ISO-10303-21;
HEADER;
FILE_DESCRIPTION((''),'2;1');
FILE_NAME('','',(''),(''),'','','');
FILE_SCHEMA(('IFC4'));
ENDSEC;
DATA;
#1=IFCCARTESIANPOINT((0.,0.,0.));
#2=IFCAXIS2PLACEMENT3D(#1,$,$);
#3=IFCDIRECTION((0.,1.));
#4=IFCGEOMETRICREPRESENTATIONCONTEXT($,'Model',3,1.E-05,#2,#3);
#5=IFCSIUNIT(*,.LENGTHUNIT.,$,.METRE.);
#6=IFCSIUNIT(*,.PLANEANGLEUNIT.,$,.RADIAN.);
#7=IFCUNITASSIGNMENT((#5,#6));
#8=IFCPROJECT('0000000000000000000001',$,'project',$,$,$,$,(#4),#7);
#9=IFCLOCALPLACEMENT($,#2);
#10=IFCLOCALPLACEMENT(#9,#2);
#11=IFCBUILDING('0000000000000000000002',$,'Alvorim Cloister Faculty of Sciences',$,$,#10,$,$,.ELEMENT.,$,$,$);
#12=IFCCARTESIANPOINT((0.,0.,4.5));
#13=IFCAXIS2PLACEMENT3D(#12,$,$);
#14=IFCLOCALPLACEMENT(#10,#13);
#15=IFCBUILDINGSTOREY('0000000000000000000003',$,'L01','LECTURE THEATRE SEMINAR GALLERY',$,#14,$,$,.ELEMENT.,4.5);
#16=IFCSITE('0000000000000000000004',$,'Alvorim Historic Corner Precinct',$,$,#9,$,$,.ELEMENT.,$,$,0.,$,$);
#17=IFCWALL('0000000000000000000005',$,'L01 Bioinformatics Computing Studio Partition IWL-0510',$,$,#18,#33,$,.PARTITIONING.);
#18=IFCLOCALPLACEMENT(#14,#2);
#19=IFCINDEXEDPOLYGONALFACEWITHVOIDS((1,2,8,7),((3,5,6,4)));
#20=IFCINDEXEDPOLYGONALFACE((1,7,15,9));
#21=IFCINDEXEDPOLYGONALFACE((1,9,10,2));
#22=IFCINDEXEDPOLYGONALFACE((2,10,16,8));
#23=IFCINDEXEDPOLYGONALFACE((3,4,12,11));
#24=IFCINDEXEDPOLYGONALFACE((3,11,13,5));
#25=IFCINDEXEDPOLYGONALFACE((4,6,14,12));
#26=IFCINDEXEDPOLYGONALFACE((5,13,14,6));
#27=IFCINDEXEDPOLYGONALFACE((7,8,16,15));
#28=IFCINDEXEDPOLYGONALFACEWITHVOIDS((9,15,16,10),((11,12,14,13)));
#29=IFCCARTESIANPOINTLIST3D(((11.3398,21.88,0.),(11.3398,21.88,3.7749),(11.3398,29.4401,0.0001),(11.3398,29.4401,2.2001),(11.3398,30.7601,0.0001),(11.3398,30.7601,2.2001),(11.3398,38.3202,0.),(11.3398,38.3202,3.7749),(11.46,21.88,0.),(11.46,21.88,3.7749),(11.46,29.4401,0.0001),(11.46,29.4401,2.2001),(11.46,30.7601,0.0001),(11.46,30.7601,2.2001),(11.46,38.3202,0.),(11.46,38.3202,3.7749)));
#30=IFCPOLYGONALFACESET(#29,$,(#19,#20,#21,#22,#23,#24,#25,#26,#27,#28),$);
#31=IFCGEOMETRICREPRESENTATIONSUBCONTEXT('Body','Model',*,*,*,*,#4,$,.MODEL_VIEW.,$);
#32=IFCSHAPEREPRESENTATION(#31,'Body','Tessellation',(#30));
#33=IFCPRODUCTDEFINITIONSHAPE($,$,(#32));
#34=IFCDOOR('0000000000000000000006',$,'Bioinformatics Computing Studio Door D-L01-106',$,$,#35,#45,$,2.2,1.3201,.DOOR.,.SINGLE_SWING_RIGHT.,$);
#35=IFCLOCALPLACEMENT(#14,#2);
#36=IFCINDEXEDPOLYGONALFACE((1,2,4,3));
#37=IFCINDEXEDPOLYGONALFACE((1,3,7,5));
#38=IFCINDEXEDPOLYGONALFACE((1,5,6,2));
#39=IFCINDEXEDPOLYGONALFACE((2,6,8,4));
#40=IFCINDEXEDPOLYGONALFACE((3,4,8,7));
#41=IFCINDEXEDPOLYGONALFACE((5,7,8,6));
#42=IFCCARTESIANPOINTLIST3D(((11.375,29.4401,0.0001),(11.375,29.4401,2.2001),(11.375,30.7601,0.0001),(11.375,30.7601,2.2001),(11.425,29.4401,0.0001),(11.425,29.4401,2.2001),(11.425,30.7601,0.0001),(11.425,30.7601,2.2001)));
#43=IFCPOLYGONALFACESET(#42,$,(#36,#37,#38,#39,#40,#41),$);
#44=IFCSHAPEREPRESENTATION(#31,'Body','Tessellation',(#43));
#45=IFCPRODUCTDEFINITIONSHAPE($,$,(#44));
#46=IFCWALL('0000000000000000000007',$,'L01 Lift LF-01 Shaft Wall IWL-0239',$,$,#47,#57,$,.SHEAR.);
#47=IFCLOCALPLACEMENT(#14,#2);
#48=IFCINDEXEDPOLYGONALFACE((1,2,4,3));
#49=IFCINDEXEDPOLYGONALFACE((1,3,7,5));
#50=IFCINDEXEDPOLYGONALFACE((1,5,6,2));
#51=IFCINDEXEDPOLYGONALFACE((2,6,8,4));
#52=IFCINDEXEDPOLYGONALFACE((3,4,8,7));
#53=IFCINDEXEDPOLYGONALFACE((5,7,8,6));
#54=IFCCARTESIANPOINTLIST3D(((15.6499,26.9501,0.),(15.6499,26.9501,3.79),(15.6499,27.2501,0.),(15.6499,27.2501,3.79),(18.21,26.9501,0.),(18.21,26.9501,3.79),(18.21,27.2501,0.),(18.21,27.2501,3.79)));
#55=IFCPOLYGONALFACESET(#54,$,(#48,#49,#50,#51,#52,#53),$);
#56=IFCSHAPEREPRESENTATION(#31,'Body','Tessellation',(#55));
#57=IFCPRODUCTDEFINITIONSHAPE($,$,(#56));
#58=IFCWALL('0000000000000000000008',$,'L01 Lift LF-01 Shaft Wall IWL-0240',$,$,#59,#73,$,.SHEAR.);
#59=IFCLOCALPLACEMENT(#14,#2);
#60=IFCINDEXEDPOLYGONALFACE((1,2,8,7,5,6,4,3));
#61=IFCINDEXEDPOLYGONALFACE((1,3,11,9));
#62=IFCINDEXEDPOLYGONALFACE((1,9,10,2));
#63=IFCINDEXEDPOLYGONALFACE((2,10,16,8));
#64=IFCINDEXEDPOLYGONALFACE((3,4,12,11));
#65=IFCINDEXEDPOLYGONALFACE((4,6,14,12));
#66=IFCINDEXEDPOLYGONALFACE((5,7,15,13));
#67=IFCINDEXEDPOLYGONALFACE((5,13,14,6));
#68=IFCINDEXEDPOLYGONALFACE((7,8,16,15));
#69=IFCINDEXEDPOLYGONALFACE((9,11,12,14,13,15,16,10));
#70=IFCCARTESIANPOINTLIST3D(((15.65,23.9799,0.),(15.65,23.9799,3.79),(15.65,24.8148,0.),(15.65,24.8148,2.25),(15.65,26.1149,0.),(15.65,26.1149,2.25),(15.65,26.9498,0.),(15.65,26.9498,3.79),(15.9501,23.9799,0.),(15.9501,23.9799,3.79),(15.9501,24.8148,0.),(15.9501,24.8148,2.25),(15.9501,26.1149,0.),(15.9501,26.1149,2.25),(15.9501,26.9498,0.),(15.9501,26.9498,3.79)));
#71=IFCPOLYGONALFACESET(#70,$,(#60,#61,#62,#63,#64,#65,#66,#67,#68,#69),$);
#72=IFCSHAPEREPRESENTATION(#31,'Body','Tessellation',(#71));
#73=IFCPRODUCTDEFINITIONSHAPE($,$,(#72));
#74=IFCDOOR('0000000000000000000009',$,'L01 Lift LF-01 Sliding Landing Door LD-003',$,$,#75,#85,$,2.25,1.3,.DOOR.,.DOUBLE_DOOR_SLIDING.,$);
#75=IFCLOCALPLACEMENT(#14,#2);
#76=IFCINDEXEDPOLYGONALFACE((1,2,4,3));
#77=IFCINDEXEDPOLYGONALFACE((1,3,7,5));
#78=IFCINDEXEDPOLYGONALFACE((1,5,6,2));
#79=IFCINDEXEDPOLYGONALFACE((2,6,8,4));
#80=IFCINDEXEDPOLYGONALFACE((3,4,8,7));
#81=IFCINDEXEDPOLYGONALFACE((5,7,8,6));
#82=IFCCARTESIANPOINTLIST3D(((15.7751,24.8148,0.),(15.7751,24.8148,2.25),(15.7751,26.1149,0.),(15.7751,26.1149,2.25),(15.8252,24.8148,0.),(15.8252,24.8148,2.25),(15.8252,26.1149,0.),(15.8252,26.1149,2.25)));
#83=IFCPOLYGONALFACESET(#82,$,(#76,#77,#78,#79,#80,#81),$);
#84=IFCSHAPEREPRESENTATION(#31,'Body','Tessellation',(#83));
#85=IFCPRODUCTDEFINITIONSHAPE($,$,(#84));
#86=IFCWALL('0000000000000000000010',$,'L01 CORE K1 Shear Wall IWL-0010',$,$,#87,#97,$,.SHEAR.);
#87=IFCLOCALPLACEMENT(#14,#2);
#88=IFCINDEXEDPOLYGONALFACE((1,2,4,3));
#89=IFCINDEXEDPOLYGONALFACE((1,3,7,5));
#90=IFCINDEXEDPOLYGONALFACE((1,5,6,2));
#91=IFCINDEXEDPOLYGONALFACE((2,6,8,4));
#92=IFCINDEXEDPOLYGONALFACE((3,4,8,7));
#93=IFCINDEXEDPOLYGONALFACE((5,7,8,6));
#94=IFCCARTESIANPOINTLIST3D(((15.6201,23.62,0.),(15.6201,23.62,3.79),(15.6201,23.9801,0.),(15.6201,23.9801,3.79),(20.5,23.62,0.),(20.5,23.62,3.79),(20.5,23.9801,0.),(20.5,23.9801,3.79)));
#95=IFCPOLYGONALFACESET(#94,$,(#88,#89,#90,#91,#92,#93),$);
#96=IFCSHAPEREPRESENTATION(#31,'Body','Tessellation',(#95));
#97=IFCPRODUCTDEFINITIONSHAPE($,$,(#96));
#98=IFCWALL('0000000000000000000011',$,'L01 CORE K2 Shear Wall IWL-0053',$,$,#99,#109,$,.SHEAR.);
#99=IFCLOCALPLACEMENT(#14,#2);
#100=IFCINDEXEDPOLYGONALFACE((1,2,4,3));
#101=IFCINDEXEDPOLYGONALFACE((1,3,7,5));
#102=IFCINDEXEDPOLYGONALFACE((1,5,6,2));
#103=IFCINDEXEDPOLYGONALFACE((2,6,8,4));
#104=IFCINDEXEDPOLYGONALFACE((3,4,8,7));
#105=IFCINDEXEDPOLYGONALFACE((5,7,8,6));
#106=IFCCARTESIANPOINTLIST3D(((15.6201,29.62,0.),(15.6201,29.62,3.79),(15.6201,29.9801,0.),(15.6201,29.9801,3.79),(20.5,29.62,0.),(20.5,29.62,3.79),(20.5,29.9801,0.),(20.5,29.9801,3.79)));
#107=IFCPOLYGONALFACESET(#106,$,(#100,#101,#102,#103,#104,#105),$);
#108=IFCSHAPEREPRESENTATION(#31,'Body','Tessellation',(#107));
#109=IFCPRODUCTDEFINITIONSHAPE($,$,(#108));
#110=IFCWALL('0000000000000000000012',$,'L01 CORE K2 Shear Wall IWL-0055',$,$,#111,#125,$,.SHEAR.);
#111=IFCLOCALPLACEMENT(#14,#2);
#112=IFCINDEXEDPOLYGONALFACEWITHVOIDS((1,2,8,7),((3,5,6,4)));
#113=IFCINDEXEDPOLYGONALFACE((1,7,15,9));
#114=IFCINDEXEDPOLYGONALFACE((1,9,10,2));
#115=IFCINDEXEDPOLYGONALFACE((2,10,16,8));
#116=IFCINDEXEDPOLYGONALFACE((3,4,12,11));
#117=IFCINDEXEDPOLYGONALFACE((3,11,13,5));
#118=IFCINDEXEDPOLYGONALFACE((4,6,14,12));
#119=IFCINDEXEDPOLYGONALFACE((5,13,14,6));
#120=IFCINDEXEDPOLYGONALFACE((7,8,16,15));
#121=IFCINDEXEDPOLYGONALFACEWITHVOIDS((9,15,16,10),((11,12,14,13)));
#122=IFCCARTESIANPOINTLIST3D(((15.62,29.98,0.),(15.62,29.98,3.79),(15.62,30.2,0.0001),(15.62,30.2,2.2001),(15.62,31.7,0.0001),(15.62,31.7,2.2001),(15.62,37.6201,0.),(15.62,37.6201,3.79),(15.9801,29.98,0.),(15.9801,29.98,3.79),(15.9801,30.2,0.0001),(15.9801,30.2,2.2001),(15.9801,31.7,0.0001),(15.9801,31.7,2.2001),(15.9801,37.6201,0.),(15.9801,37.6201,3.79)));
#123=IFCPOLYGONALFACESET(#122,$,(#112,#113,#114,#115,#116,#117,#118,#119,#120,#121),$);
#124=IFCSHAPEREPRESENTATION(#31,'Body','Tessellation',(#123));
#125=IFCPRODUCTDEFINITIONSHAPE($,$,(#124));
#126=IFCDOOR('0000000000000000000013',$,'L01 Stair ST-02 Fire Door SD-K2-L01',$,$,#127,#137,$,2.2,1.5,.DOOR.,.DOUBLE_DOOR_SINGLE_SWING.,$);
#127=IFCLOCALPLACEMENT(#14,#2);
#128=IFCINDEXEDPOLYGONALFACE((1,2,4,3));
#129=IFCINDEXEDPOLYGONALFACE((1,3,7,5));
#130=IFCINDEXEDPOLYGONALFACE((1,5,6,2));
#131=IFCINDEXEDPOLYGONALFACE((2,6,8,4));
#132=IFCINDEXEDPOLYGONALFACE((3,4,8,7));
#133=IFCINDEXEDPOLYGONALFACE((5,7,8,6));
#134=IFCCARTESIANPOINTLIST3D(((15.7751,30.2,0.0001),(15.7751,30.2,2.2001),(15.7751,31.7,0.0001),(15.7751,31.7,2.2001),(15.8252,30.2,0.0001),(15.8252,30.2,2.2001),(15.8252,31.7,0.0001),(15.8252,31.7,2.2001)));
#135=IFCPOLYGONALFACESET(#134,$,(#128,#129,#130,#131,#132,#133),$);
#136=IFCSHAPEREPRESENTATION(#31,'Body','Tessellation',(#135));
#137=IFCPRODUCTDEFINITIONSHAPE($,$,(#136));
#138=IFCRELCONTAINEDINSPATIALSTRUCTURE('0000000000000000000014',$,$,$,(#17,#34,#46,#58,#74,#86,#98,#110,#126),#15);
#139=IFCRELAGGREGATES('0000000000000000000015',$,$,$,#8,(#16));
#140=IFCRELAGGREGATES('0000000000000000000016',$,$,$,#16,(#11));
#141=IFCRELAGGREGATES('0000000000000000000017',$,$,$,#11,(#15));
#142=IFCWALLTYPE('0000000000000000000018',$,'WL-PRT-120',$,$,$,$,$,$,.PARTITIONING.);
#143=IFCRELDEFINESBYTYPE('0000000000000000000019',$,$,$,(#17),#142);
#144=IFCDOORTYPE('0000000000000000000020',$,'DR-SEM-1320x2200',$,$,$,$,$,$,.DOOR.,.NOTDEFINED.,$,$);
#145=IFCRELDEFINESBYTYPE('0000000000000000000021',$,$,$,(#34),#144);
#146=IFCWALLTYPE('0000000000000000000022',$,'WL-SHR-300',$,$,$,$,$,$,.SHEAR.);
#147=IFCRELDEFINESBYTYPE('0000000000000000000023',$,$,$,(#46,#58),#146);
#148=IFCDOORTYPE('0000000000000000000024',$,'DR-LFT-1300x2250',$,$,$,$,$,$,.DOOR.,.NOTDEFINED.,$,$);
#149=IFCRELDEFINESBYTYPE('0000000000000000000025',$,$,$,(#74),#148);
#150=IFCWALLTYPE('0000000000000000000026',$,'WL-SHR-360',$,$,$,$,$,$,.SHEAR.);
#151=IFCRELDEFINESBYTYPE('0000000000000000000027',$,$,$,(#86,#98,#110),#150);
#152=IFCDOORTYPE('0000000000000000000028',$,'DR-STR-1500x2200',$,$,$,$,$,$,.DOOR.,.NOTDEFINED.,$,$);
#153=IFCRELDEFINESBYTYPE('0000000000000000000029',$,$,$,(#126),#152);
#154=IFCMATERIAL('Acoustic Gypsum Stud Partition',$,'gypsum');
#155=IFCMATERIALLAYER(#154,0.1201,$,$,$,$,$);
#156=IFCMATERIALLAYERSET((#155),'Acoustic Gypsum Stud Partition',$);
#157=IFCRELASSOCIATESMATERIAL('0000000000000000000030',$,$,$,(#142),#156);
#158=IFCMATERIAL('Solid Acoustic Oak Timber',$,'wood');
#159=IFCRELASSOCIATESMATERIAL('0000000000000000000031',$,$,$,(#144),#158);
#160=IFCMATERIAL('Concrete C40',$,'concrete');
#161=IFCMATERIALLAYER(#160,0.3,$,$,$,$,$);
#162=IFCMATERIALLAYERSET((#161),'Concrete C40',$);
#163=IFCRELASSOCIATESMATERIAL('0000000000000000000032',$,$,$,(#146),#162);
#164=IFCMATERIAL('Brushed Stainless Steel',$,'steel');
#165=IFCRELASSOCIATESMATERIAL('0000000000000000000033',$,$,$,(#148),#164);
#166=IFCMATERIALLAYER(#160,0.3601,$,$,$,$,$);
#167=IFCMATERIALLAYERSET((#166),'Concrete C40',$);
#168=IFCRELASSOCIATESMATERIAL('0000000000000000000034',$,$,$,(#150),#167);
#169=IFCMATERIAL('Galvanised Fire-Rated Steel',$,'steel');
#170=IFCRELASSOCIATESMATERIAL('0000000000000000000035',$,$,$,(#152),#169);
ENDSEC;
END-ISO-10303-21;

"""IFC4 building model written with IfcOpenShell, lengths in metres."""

from ifc_helpers import new_model, si_unit, direction, frame, frame_2d, origin, place, context, subcontext, project, spatial, rectangle, extrude, material, layer, layer_set, type_object, element, fill, save


model = new_model("IFC4")

# Units and contexts
model_context = context("Model", 3, precision=1e-05, world=origin(), true_north=direction((0.0, 1.0)))
body_context = subcontext(model_context, "Body", "Model", "MODEL_VIEW")
ifc_project = project(units=[si_unit("LENGTHUNIT", "METRE"), si_unit("PLANEANGLEUNIT", "RADIAN")], contexts=[model_context])

# Site, building, storey
site_placement = place(None, origin())
site = spatial("IfcSite", under=ifc_project, at=site_placement, Name="Alvorim Historic Corner Precinct", CompositionType="ELEMENT", RefElevation=0.0)
building_placement = place(site_placement, origin())
building = spatial("IfcBuilding", under=site, at=building_placement, Name="Alvorim Cloister Faculty of Sciences", CompositionType="ELEMENT")
storey_placement = place(building_placement, frame((0.0, 0.0, 4.5)))
storey = spatial("IfcBuildingStorey", under=building, at=storey_placement, Name="L01", Description="LECTURE THEATRE SEMINAR GALLERY", CompositionType="ELEMENT", Elevation=4.5)

# Shared definitions
ifc_material_1 = material(Name="Concrete C40", Category="concrete")

# Wall, opening, door
ifc_material_2 = material(Name="Acoustic Gypsum Stud Partition", Category="gypsum")
ifc_layer_1 = layer(ifc_material_2, 0.1201)
ifc_layer_set_1 = layer_set([ifc_layer_1], Name="Acoustic Gypsum Stud Partition")
wall_type_1 = type_object("IfcWallType", Name="WL-PRT-120", PredefinedType="PARTITIONING", material=ifc_layer_set_1)
wall_1_placement = place(storey_placement, frame((11.3999, 21.8799, 0.0), z_axis=(0.0, 0.0, 1.0), x_axis=(0.0, 1.0, 0.0)))
wall_1 = element("IfcWall", 1, at=wall_1_placement, inside=storey, type_object=wall_type_1, Name="L01 Bioinformatics Computing Studio Partition IWL-0510", PredefinedType="PARTITIONING", context=body_context, shape_type="SweptSolid", body=[
    extrude(rectangle(XDim=16.4402, YDim=0.1201, at=frame_2d((8.2202, 0.0))), origin(), (0.0, 0.0, 1.0), 3.7749),
])
opening_1_placement = place(wall_1_placement, frame((7.5601, 0.0, 0.0)))
opening_1 = element("IfcOpeningElement", 2, at=opening_1_placement, cuts=wall_1, PredefinedType="OPENING", context=body_context, shape_type="SweptSolid", body=[
    extrude(rectangle(XDim=1.3201, YDim=2.2, at=frame_2d((0.6602, 1.1001))), frame((0.0, 0.072, 0.0), z_axis=(0.0, -1.0, 0.0), x_axis=(1.0, 0.0, 0.0)), (0.0, 0.0, 1.0), 0.144),
])
ifc_material_3 = material(Name="Solid Acoustic Oak Timber", Category="wood")
door_type_1 = type_object("IfcDoorType", Name="DR-SEM-1320x2200", OperationType="NOTDEFINED", PredefinedType="DOOR", material=ifc_material_3)
door_1_placement = place(opening_1_placement, origin())
door_1 = element("IfcDoor", 3, at=door_1_placement, inside=storey, type_object=door_type_1, Name="Bioinformatics Computing Studio Door D-L01-106", OperationType="SINGLE_SWING_RIGHT", OverallHeight=2.2, OverallWidth=1.3201, PredefinedType="DOOR", context=body_context, shape_type="SweptSolid", body=[
    extrude(rectangle(XDim=1.3201, YDim=2.2, at=frame_2d((0.6602, 1.1001))), frame((0.0, 0.0249, 0.0), z_axis=(0.0, -1.0, 0.0), x_axis=(1.0, 0.0, 0.0)), (0.0, 0.0, 1.0), 0.05),
])
fill(opening_1, door_1)

# Wall
ifc_layer_2 = layer(ifc_material_1, 0.3)
ifc_layer_set_2 = layer_set([ifc_layer_2], Name="Concrete C40")
wall_type_2 = type_object("IfcWallType", Name="WL-SHR-300", PredefinedType="SHEAR", material=ifc_layer_set_2)
wall_2_placement = place(storey_placement, frame((15.6499, 27.1001, 0.0), z_axis=(0.0, 0.0, 1.0), x_axis=(1.0, 0.0, 0.0)))
element("IfcWall", 4, at=wall_2_placement, inside=storey, type_object=wall_type_2, Name="L01 Lift LF-01 Shaft Wall IWL-0239", PredefinedType="SHEAR", context=body_context, shape_type="SweptSolid", body=[
    extrude(rectangle(XDim=2.5601, YDim=0.3, at=frame_2d((1.28, 0.0))), origin(), (0.0, 0.0, 1.0), 3.79),
])

# Wall, opening, door
wall_3_placement = place(storey_placement, frame((15.8, 23.98, 0.0), z_axis=(0.0, 0.0, 1.0), x_axis=(0.0, 1.0, 0.0)))
wall_3 = element("IfcWall", 5, at=wall_3_placement, inside=storey, type_object=wall_type_2, Name="L01 Lift LF-01 Shaft Wall IWL-0240", PredefinedType="SHEAR", context=body_context, shape_type="SweptSolid", body=[
    extrude(rectangle(XDim=2.97, YDim=0.3, at=frame_2d((1.4849, 0.0))), origin(), (0.0, 0.0, 1.0), 3.79),
])
opening_2_placement = place(wall_3_placement, frame((0.835, 0.0, 0.0)))
opening_2 = element("IfcOpeningElement", 6, at=opening_2_placement, cuts=wall_3, PredefinedType="OPENING", context=body_context, shape_type="SweptSolid", body=[
    extrude(rectangle(XDim=1.3, YDim=2.25, at=frame_2d((0.6499, 1.125))), frame((0.0, 0.1621, 0.0), z_axis=(0.0, -1.0, 0.0), x_axis=(1.0, 0.0, 0.0)), (0.0, 0.0, 1.0), 0.324),
])
ifc_material_4 = material(Name="Brushed Stainless Steel", Category="steel")
door_type_2 = type_object("IfcDoorType", Name="DR-LFT-1300x2250", OperationType="NOTDEFINED", PredefinedType="DOOR", material=ifc_material_4)
door_2_placement = place(opening_2_placement, origin())
door_2 = element("IfcDoor", 7, at=door_2_placement, inside=storey, type_object=door_type_2, Name="L01 Lift LF-01 Sliding Landing Door LD-003", OperationType="DOUBLE_DOOR_SLIDING", OverallHeight=2.25, OverallWidth=1.3, PredefinedType="DOOR", context=body_context, shape_type="SweptSolid", body=[
    extrude(rectangle(XDim=1.3, YDim=2.25, at=frame_2d((0.6499, 1.125))), frame((0.0, 0.0249, 0.0), z_axis=(0.0, -1.0, 0.0), x_axis=(1.0, 0.0, 0.0)), (0.0, 0.0, 1.0), 0.05),
])
fill(opening_2, door_2)

# Walls
ifc_layer_3 = layer(ifc_material_1, 0.3601)
ifc_layer_set_3 = layer_set([ifc_layer_3], Name="Concrete C40")
wall_type_3 = type_object("IfcWallType", Name="WL-SHR-360", PredefinedType="SHEAR", material=ifc_layer_set_3)
for number, where, z_axis, x_axis, name in (
    (8, (15.6201, 23.8, 0.0), (0.0, 0.0, 1.0), (1.0, 0.0, 0.0), "L01 CORE K1 Shear Wall IWL-0010"),
    (9, (15.6201, 29.8, 0.0), (0.0, 0.0, 1.0), (1.0, 0.0, 0.0), "L01 CORE K2 Shear Wall IWL-0053"),
):
    element("IfcWall", number, at=place(storey_placement, frame(where, z_axis=z_axis, x_axis=x_axis)), inside=storey, type_object=wall_type_3, Name=name, PredefinedType="SHEAR", context=body_context, shape_type="SweptSolid", body=[
        extrude(rectangle(XDim=4.8799, YDim=0.3601, at=frame_2d((2.4399, 0.0))), origin(), (0.0, 0.0, 1.0), 3.79),
    ])

# Wall, opening, door
wall_4_placement = place(storey_placement, frame((15.8, 29.98, 0.0), z_axis=(0.0, 0.0, 1.0), x_axis=(0.0, 1.0, 0.0)))
wall_4 = element("IfcWall", 10, at=wall_4_placement, inside=storey, type_object=wall_type_3, Name="L01 CORE K2 Shear Wall IWL-0055", PredefinedType="SHEAR", context=body_context, shape_type="SweptSolid", body=[
    extrude(rectangle(XDim=7.6401, YDim=0.3601, at=frame_2d((3.8201, 0.0))), origin(), (0.0, 0.0, 1.0), 3.79),
])
opening_3_placement = place(wall_4_placement, frame((0.22, 0.0, 0.0)))
opening_3 = element("IfcOpeningElement", 11, at=opening_3_placement, cuts=wall_4, PredefinedType="OPENING", context=body_context, shape_type="SweptSolid", body=[
    extrude(rectangle(XDim=1.5, YDim=2.2, at=frame_2d((0.75, 1.1001))), frame((0.0, 0.1919, 0.0), z_axis=(0.0, -1.0, 0.0), x_axis=(1.0, 0.0, 0.0)), (0.0, 0.0, 1.0), 0.384),
])
ifc_material_5 = material(Name="Galvanised Fire-Rated Steel", Category="steel")
door_type_3 = type_object("IfcDoorType", Name="DR-STR-1500x2200", OperationType="NOTDEFINED", PredefinedType="DOOR", material=ifc_material_5)
door_3_placement = place(opening_3_placement, origin())
door_3 = element("IfcDoor", 12, at=door_3_placement, inside=storey, type_object=door_type_3, Name="L01 Stair ST-02 Fire Door SD-K2-L01", OperationType="DOUBLE_DOOR_SINGLE_SWING", OverallHeight=2.2, OverallWidth=1.5, PredefinedType="DOOR", context=body_context, shape_type="SweptSolid", body=[
    extrude(rectangle(XDim=1.5, YDim=2.2, at=frame_2d((0.75, 1.1001))), frame((0.0, 0.0249, 0.0), z_axis=(0.0, -1.0, 0.0), x_axis=(1.0, 0.0, 0.0)), (0.0, 0.0, 1.0), 0.05),
])
fill(opening_3, door_3)

save(model, "model.ifc")
